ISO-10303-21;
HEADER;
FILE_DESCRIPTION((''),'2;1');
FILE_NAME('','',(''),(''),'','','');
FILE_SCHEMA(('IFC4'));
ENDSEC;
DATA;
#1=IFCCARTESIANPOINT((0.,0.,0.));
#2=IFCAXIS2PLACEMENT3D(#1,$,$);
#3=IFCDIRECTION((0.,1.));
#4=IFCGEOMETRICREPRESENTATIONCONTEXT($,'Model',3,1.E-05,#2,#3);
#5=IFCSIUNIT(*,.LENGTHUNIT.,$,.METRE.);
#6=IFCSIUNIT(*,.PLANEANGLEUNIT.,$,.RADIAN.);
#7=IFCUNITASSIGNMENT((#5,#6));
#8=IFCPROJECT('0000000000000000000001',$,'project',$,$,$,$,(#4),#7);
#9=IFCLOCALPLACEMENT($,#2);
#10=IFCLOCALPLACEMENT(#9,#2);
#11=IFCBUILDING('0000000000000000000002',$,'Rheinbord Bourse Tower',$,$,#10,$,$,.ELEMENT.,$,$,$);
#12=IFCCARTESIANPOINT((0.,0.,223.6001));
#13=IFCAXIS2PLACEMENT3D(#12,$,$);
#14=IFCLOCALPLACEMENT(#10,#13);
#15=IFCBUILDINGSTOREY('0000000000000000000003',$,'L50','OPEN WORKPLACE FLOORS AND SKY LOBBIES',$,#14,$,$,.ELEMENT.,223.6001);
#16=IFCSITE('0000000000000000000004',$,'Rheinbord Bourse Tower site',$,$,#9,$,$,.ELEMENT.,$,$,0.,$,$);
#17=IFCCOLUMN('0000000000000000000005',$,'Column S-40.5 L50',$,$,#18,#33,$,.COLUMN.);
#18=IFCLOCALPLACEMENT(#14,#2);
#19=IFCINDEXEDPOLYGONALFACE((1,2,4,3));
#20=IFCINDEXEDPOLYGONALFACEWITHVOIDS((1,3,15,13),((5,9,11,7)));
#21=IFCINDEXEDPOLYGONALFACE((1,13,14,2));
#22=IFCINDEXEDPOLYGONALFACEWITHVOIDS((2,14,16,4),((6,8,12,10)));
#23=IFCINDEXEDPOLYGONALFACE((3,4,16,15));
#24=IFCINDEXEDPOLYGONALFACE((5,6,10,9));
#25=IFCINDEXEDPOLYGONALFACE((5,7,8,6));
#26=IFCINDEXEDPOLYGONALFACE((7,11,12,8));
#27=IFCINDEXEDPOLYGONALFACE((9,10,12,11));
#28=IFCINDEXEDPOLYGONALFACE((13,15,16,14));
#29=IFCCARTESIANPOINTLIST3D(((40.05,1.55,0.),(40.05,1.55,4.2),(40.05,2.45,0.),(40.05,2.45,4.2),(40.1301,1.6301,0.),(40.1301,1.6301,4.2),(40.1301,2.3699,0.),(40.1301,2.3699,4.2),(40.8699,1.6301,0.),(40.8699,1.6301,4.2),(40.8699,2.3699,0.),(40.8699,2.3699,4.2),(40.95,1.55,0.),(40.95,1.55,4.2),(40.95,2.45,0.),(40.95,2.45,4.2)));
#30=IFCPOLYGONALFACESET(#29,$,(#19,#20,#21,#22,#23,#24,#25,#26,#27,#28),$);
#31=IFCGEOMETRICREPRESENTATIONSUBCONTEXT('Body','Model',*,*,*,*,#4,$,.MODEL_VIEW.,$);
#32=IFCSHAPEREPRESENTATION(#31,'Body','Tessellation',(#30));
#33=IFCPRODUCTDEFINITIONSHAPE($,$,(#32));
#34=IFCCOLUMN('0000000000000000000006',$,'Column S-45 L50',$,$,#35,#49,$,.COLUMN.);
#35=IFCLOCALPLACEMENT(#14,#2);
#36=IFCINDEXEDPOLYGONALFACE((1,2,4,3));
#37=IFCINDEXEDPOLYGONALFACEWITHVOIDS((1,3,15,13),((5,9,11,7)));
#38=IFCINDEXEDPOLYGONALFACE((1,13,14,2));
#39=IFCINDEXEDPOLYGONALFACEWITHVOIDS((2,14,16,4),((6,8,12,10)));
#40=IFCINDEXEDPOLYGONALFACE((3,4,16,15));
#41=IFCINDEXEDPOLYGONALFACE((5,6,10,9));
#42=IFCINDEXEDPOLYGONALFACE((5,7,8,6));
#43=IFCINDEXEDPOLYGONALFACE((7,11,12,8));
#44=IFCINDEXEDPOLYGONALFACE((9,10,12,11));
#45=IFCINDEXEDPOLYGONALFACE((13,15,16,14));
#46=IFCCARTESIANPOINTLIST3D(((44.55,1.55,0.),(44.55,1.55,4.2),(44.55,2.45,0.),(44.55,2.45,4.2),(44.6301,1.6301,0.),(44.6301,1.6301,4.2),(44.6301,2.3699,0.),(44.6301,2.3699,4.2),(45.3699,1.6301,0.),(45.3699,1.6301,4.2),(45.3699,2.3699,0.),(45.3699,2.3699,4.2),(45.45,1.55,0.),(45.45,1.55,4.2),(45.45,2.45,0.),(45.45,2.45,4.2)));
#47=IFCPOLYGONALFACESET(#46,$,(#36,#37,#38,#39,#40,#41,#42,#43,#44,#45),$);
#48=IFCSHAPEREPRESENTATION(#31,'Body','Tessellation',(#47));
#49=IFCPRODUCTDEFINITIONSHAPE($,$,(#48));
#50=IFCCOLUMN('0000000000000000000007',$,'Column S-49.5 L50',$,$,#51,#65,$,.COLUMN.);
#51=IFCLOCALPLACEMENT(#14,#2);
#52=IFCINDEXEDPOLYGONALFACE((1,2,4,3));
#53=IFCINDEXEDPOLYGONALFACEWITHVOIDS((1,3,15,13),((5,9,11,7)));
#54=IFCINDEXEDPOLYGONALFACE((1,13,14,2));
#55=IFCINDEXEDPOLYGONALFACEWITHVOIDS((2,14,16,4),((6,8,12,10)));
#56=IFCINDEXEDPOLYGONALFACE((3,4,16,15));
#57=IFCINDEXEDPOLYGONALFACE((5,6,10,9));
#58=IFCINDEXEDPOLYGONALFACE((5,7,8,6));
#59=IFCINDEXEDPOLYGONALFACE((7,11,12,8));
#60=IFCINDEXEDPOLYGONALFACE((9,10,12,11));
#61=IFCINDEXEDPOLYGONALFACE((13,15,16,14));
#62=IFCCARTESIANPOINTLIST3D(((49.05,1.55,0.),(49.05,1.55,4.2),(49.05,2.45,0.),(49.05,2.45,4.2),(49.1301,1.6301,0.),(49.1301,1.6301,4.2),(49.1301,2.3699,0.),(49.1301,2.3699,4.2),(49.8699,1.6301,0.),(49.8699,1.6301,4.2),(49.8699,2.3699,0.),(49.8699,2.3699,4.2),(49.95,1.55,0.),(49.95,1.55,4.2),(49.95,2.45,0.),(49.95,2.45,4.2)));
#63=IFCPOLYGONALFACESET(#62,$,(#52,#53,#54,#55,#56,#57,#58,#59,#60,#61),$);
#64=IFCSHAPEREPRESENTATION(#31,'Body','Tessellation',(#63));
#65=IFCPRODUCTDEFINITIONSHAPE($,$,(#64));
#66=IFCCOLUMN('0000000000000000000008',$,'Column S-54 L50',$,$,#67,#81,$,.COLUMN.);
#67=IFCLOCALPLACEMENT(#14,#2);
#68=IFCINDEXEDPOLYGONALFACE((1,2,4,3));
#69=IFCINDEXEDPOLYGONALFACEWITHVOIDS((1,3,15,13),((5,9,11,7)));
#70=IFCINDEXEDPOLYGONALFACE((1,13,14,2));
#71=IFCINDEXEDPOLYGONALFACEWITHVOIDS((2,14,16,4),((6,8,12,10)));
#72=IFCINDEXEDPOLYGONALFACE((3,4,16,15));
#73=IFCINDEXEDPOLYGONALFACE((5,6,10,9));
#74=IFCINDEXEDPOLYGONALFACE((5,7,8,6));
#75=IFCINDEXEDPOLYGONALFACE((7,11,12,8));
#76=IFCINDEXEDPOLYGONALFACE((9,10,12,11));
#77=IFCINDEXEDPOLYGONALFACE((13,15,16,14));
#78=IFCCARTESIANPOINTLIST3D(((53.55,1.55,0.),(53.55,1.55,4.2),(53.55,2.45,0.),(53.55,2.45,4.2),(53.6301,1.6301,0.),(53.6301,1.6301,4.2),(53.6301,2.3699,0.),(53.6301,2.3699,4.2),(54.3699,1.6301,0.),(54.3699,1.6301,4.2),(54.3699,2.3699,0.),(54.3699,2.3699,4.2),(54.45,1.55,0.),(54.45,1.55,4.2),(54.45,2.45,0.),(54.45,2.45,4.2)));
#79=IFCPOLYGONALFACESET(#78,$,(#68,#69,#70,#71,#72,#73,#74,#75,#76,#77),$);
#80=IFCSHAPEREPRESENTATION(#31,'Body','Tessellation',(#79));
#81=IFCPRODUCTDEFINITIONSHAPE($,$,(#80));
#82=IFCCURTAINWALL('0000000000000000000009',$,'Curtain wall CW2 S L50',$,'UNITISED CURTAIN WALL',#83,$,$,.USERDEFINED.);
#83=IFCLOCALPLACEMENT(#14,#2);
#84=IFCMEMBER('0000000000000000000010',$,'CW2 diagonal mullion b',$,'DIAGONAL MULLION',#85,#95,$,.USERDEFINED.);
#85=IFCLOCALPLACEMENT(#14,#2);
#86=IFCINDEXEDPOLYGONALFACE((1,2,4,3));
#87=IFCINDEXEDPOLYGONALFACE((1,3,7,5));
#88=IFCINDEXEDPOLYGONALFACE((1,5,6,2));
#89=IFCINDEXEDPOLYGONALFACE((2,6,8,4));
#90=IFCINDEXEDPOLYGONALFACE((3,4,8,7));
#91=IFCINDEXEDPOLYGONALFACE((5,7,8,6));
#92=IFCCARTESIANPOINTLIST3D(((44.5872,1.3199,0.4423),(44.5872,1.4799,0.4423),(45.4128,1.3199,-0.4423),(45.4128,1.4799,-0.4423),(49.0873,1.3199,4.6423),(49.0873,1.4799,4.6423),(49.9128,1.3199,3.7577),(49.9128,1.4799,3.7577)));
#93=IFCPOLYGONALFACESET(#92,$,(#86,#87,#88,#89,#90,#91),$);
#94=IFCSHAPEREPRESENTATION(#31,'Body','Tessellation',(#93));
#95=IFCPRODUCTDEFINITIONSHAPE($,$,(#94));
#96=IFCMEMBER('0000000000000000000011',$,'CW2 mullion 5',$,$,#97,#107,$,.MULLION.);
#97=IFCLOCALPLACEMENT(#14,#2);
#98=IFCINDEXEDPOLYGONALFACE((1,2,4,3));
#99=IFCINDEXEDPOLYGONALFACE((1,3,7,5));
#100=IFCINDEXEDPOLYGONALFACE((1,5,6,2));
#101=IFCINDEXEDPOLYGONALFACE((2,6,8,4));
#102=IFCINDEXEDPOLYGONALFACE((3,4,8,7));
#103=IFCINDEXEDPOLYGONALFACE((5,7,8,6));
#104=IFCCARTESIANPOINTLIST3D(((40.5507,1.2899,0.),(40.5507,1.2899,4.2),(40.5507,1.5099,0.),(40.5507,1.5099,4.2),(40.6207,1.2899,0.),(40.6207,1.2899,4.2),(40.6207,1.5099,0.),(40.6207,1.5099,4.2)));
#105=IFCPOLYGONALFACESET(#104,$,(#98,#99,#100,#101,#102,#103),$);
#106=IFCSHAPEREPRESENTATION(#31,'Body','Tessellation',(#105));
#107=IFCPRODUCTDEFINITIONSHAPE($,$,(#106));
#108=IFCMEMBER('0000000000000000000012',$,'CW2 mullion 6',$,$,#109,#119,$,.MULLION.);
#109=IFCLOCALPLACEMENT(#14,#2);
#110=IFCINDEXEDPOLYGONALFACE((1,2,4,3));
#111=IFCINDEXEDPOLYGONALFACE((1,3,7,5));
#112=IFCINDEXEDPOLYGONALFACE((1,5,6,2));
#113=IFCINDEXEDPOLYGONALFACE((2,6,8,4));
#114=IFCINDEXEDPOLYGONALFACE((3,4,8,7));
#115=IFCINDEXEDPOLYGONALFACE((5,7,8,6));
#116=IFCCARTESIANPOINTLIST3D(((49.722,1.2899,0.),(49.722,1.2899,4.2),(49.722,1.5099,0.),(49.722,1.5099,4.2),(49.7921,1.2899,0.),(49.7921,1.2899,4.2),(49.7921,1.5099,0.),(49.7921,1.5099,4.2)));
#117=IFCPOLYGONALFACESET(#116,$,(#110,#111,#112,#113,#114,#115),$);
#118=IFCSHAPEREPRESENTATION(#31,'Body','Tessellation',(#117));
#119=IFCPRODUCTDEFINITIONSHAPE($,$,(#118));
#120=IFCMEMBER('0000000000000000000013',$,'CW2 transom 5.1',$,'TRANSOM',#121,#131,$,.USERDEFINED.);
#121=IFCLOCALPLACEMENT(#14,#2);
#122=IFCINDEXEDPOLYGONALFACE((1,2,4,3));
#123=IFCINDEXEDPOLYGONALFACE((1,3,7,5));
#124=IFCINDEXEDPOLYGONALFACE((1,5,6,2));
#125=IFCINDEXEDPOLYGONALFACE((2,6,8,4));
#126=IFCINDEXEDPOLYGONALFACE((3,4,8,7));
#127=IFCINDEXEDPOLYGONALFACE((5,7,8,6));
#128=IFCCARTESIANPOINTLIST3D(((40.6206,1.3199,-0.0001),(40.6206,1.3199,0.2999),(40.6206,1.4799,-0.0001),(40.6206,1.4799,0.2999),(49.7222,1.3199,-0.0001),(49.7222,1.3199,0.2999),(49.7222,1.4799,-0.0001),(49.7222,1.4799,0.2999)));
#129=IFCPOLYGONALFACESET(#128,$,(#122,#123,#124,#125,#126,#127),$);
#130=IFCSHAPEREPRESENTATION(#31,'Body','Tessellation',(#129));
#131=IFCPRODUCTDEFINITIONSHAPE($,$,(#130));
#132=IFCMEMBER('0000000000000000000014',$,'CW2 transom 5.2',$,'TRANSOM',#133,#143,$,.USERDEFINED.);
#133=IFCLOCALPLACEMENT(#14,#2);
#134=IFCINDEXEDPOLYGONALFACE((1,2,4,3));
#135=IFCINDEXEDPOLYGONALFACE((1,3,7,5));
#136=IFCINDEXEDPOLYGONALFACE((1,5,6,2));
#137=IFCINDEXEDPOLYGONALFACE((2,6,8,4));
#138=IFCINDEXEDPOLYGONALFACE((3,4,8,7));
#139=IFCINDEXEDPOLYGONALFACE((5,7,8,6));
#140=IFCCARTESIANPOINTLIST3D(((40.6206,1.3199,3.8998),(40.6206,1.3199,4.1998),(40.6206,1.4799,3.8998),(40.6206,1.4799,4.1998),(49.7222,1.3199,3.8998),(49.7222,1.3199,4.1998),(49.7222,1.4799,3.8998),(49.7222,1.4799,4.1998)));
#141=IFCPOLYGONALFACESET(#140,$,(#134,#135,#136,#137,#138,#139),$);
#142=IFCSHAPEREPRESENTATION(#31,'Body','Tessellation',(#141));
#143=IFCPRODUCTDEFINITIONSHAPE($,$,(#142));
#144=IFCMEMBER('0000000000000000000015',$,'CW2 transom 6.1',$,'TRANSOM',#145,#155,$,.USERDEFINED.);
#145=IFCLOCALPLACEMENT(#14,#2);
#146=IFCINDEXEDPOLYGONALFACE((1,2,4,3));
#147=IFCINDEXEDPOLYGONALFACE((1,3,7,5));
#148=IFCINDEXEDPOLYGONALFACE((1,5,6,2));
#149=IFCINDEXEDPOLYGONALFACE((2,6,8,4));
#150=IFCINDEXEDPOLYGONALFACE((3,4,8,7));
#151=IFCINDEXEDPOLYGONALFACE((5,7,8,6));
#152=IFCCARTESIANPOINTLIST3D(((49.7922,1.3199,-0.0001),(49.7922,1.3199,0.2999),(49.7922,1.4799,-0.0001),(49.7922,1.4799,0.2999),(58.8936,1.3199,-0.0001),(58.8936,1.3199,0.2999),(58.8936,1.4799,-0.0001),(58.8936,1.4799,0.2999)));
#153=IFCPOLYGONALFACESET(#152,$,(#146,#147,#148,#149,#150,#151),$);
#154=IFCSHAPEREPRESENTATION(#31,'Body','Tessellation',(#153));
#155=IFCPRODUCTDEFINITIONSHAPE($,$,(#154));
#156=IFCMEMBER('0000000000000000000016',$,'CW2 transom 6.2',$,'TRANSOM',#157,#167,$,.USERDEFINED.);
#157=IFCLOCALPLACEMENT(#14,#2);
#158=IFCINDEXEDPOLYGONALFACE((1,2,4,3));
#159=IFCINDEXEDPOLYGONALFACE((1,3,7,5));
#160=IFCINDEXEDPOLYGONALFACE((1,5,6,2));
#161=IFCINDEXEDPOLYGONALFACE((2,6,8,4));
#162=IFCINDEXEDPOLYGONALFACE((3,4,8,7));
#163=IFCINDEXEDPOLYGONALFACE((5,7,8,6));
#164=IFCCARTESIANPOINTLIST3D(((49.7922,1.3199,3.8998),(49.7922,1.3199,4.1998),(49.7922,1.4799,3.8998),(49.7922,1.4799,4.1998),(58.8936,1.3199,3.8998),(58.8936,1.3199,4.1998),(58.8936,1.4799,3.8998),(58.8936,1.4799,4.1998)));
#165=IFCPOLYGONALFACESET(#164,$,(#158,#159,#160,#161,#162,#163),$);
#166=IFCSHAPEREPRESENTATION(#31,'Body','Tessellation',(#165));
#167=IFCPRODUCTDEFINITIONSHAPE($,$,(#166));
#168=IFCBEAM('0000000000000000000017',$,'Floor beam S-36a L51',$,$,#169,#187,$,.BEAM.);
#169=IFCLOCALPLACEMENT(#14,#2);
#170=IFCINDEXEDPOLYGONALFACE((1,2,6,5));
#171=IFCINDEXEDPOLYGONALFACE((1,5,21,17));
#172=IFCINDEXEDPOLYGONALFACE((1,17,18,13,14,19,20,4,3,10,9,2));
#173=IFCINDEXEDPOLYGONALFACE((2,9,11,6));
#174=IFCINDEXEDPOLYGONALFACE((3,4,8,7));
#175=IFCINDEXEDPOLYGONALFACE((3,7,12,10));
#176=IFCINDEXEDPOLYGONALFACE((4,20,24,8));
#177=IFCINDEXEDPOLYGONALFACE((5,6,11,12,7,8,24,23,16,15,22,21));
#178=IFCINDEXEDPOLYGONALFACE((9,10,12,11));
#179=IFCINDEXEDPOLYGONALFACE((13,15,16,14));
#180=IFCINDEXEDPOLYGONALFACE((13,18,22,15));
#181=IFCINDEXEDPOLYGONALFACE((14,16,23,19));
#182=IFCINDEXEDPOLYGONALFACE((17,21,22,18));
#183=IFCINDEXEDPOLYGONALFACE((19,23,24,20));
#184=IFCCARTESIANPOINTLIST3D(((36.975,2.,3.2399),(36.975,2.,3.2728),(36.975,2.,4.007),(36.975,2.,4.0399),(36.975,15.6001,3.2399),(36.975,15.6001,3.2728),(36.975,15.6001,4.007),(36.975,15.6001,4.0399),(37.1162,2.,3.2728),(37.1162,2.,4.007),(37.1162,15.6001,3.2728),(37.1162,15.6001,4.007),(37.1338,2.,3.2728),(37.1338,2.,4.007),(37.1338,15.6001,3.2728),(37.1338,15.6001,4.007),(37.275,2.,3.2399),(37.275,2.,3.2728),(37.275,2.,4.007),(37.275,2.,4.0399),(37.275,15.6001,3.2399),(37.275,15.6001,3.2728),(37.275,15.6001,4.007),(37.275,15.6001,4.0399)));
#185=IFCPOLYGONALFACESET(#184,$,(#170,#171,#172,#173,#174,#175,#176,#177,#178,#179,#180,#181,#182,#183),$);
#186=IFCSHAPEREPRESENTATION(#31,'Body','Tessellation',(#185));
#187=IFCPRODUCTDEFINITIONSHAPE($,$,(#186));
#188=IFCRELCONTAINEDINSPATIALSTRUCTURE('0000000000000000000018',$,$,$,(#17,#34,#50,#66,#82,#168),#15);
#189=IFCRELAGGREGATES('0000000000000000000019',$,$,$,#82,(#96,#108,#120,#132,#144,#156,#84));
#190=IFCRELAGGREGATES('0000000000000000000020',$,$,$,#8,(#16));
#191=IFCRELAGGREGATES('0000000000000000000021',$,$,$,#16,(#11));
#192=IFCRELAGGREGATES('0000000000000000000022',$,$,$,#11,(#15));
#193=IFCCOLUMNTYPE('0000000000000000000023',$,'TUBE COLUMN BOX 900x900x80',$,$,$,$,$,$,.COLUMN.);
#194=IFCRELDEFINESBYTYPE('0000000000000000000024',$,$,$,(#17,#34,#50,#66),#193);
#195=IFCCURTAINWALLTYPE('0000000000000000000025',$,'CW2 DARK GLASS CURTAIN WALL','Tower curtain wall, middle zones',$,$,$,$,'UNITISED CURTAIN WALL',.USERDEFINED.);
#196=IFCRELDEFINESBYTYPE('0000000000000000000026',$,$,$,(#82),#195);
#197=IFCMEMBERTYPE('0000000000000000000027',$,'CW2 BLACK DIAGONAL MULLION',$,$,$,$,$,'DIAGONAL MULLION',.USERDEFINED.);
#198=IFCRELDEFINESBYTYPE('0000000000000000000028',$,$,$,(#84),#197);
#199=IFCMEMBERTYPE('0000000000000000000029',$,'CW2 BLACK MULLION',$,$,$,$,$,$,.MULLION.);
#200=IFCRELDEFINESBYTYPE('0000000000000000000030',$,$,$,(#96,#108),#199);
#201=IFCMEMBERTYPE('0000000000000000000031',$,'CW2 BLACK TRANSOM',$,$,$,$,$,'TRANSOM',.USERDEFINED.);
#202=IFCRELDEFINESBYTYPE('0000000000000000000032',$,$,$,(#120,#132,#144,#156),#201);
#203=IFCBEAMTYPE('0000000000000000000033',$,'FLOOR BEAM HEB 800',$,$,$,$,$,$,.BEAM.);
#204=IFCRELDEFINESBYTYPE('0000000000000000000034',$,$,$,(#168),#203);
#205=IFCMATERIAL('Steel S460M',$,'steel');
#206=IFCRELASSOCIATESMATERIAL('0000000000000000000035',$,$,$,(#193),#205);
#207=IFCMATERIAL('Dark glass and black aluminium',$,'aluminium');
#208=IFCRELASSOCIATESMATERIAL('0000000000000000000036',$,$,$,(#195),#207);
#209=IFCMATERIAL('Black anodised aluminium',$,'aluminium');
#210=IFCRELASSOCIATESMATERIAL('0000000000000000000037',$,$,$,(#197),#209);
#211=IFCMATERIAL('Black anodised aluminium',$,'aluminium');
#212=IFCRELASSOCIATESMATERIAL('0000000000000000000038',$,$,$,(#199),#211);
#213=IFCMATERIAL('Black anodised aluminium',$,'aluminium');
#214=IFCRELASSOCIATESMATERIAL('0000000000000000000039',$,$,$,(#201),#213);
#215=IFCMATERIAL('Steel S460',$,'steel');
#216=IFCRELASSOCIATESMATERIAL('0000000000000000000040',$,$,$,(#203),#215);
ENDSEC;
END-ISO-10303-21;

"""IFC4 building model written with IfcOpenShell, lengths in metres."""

from ifc_helpers import new_model, si_unit, direction, frame, origin, origin_2d, place, context, subcontext, project, spatial, rectangle, hollow_rectangle, i_section, extrude, material, material_profile, profile_set, type_object, element, aggregate, save


model = new_model("IFC4")

# Units and contexts
model_context = context("Model", 3, precision=1e-05, world=origin(), true_north=direction((0.0, 1.0)))
body_context = subcontext(model_context, "Body", "Model", "MODEL_VIEW")
ifc_project = project(units=[si_unit("LENGTHUNIT", "METRE"), si_unit("PLANEANGLEUNIT", "RADIAN")], contexts=[model_context])

# Site, building, storey
site_placement = place(None, origin())
site = spatial("IfcSite", under=ifc_project, at=site_placement, Name="Rheinbord Bourse Tower site", CompositionType="ELEMENT", RefElevation=0.0)
building_placement = place(site_placement, origin())
building = spatial("IfcBuilding", under=site, at=building_placement, Name="Rheinbord Bourse Tower", CompositionType="ELEMENT")
storey_placement = place(building_placement, frame((0.0, 0.0, 223.6001)))
storey = spatial("IfcBuildingStorey", under=building, at=storey_placement, Name="L50", Description="OPEN WORKPLACE FLOORS AND SKY LOBBIES", CompositionType="ELEMENT", Elevation=223.6001)

# Columns
ifc_material_1 = material(Name="Steel S460M", Category="steel")
ifc_material_profile_1 = material_profile(ifc_material_1, hollow_rectangle(XDim=0.8999, YDim=0.8999, WallThickness=0.0801, at=origin_2d()), Name="BOX 900x900x80")
ifc_profile_set_1 = profile_set([ifc_material_profile_1], Name="Steel S460M")
column_type = type_object("IfcColumnType", Name="TUBE COLUMN BOX 900x900x80", PredefinedType="COLUMN", material=ifc_profile_set_1)
for number, where, z_axis, x_axis, name in (
    (1, (40.5, 2.0, 0.0), (0.0, 0.0, 1.0), (0.0, 1.0, 0.0), "Column S-40.5 L50"),
    (2, (45.0, 2.0, 0.0), (0.0, 0.0, 1.0), (0.0, 1.0, 0.0), "Column S-45 L50"),
    (3, (49.5, 2.0, 0.0), (0.0, 0.0, 1.0), (0.0, 1.0, 0.0), "Column S-49.5 L50"),
    (4, (54.0, 2.0, 0.0), (0.0, 0.0, 1.0), (0.0, 1.0, 0.0), "Column S-54 L50"),
):
    element("IfcColumn", number, at=place(storey_placement, frame(where, z_axis=z_axis, x_axis=x_axis)), inside=storey, type_object=column_type, Name=name, PredefinedType="COLUMN", context=body_context, shape_type="SweptSolid", body=[
        extrude(hollow_rectangle(XDim=0.8999, YDim=0.8999, WallThickness=0.0801, at=origin_2d()), origin(), (0.0, 0.0, 1.0), 4.2),
    ])

# Curtain wall, members
ifc_material_2 = material(Name="Dark glass and black aluminium", Category="aluminium")
curtain_wall_type = type_object("IfcCurtainWallType", Name="CW2 DARK GLASS CURTAIN WALL", Description="Tower curtain wall, middle zones", ElementType="UNITISED CURTAIN WALL", PredefinedType="USERDEFINED", material=ifc_material_2)
curtain_wall_placement = place(storey_placement, origin())
curtain_wall = element("IfcCurtainWall", 5, at=curtain_wall_placement, inside=storey, type_object=curtain_wall_type, Name="Curtain wall CW2 S L50", ObjectType="UNITISED CURTAIN WALL", PredefinedType="USERDEFINED")
ifc_material_3 = material(Name="Black anodised aluminium", Category="aluminium")
ifc_material_profile_2 = material_profile(ifc_material_3, rectangle(XDim=0.1599, YDim=1.21, at=origin_2d()), Name="CW2 DIAGONAL MULLION 1210x160")
ifc_profile_set_2 = profile_set([ifc_material_profile_2], Name="Black anodised aluminium")
member_type_1 = type_object("IfcMemberType", Name="CW2 BLACK DIAGONAL MULLION", ElementType="DIAGONAL MULLION", PredefinedType="USERDEFINED", material=ifc_profile_set_2)
member_1_placement = place(storey_placement, frame((45.0, 1.3999, 0.0), z_axis=(0.731059, 0.0, 0.682314), x_axis=(0.0, 1.0, 0.0)))
member_1 = element("IfcMember", 6, at=member_1_placement, type_object=member_type_1, Name="CW2 diagonal mullion b", ObjectType="DIAGONAL MULLION", PredefinedType="USERDEFINED", context=body_context, shape_type="SweptSolid", body=[
    extrude(rectangle(XDim=0.1599, YDim=1.21, at=origin_2d()), origin(), (0.0, 0.0, 1.0), 6.1555),
])
ifc_material_4 = material(Name="Black anodised aluminium", Category="aluminium")
ifc_material_profile_3 = material_profile(ifc_material_4, rectangle(XDim=0.22, YDim=0.0701, at=origin_2d()), Name="CW2 MULLION 70x220")
ifc_profile_set_3 = profile_set([ifc_material_profile_3], Name="Black anodised aluminium")
member_type_2 = type_object("IfcMemberType", Name="CW2 BLACK MULLION", PredefinedType="MULLION", material=ifc_profile_set_3)
member_2_placement = place(storey_placement, frame((40.5857, 1.3999, 0.0), z_axis=(0.0, 0.0, 1.0), x_axis=(0.0, 1.0, 0.0)))
member_2 = element("IfcMember", 7, at=member_2_placement, type_object=member_type_2, Name="CW2 mullion 5", PredefinedType="MULLION", context=body_context, shape_type="SweptSolid", body=[
    extrude(rectangle(XDim=0.22, YDim=0.0701, at=origin_2d()), origin(), (0.0, 0.0, 1.0), 4.2),
])
member_3_placement = place(storey_placement, frame((49.7571, 1.3999, 0.0), z_axis=(0.0, 0.0, 1.0), x_axis=(0.0, 1.0, 0.0)))
member_3 = element("IfcMember", 8, at=member_3_placement, type_object=member_type_2, Name="CW2 mullion 6", PredefinedType="MULLION", context=body_context, shape_type="SweptSolid", body=[
    extrude(rectangle(XDim=0.22, YDim=0.0701, at=origin_2d()), origin(), (0.0, 0.0, 1.0), 4.2),
])
ifc_material_5 = material(Name="Black anodised aluminium", Category="aluminium")
ifc_material_profile_4 = material_profile(ifc_material_5, rectangle(XDim=0.1599, YDim=0.3, at=origin_2d()), Name="CW2 TRANSOM 300x160")
ifc_profile_set_4 = profile_set([ifc_material_profile_4], Name="Black anodised aluminium")
member_type_3 = type_object("IfcMemberType", Name="CW2 BLACK TRANSOM", ElementType="TRANSOM", PredefinedType="USERDEFINED", material=ifc_profile_set_4)
member_4_placement = place(storey_placement, frame((40.6206, 1.3999, 0.1499), z_axis=(1.0, 0.0, 0.0), x_axis=(0.0, 1.0, 0.0)))
member_4 = element("IfcMember", 9, at=member_4_placement, type_object=member_type_3, Name="CW2 transom 5.1", ObjectType="TRANSOM", PredefinedType="USERDEFINED", context=body_context, shape_type="SweptSolid", body=[
    extrude(rectangle(XDim=0.1599, YDim=0.3, at=origin_2d()), origin(), (0.0, 0.0, 1.0), 9.1016),
])
member_5_placement = place(storey_placement, frame((40.6206, 1.3999, 4.0498), z_axis=(1.0, 0.0, 0.0), x_axis=(0.0, 1.0, 0.0)))
member_5 = element("IfcMember", 10, at=member_5_placement, type_object=member_type_3, Name="CW2 transom 5.2", ObjectType="TRANSOM", PredefinedType="USERDEFINED", context=body_context, shape_type="SweptSolid", body=[
    extrude(rectangle(XDim=0.1599, YDim=0.3, at=origin_2d()), origin(), (0.0, 0.0, 1.0), 9.1016),
])
member_6_placement = place(storey_placement, frame((49.7922, 1.3999, 0.1499), z_axis=(1.0, 0.0, 0.0), x_axis=(0.0, 1.0, 0.0)))
member_6 = element("IfcMember", 11, at=member_6_placement, type_object=member_type_3, Name="CW2 transom 6.1", ObjectType="TRANSOM", PredefinedType="USERDEFINED", context=body_context, shape_type="SweptSolid", body=[
    extrude(rectangle(XDim=0.1599, YDim=0.3, at=origin_2d()), origin(), (0.0, 0.0, 1.0), 9.1013),
])
member_7_placement = place(storey_placement, frame((49.7922, 1.3999, 4.0498), z_axis=(1.0, 0.0, 0.0), x_axis=(0.0, 1.0, 0.0)))
member_7 = element("IfcMember", 12, at=member_7_placement, type_object=member_type_3, Name="CW2 transom 6.2", ObjectType="TRANSOM", PredefinedType="USERDEFINED", context=body_context, shape_type="SweptSolid", body=[
    extrude(rectangle(XDim=0.1599, YDim=0.3, at=origin_2d()), origin(), (0.0, 0.0, 1.0), 9.1013),
])

# Beam
ifc_material_6 = material(Name="Steel S460", Category="steel")
ifc_material_profile_5 = material_profile(ifc_material_6, i_section(OverallWidth=0.3, OverallDepth=0.8, WebThickness=0.0176, FlangeThickness=0.033, at=origin_2d()), Name="HEB 800")
ifc_profile_set_5 = profile_set([ifc_material_profile_5], Name="Steel S460")
beam_type_1 = type_object("IfcBeamType", Name="FLOOR BEAM HEB 800", PredefinedType="BEAM", material=ifc_profile_set_5)
for number, where, z_axis, x_axis, name in (
    (13, (37.125, 2.0, 3.6399), (0.0, 1.0, 0.0), (-1.0, 0.0, 0.0), "Floor beam S-36a L51"),
):
    element("IfcBeam", number, at=place(storey_placement, frame(where, z_axis=z_axis, x_axis=x_axis)), inside=storey, type_object=beam_type_1, Name=name, PredefinedType="BEAM", context=body_context, shape_type="SweptSolid", body=[
        extrude(i_section(OverallWidth=0.3, OverallDepth=0.8, WebThickness=0.0176, FlangeThickness=0.033, at=origin_2d()), origin(), (0.0, 0.0, 1.0), 13.6001),
    ])

aggregate(curtain_wall, [member_2, member_3, member_4, member_5, member_6, member_7, member_1])

save(model, "model.ifc")
